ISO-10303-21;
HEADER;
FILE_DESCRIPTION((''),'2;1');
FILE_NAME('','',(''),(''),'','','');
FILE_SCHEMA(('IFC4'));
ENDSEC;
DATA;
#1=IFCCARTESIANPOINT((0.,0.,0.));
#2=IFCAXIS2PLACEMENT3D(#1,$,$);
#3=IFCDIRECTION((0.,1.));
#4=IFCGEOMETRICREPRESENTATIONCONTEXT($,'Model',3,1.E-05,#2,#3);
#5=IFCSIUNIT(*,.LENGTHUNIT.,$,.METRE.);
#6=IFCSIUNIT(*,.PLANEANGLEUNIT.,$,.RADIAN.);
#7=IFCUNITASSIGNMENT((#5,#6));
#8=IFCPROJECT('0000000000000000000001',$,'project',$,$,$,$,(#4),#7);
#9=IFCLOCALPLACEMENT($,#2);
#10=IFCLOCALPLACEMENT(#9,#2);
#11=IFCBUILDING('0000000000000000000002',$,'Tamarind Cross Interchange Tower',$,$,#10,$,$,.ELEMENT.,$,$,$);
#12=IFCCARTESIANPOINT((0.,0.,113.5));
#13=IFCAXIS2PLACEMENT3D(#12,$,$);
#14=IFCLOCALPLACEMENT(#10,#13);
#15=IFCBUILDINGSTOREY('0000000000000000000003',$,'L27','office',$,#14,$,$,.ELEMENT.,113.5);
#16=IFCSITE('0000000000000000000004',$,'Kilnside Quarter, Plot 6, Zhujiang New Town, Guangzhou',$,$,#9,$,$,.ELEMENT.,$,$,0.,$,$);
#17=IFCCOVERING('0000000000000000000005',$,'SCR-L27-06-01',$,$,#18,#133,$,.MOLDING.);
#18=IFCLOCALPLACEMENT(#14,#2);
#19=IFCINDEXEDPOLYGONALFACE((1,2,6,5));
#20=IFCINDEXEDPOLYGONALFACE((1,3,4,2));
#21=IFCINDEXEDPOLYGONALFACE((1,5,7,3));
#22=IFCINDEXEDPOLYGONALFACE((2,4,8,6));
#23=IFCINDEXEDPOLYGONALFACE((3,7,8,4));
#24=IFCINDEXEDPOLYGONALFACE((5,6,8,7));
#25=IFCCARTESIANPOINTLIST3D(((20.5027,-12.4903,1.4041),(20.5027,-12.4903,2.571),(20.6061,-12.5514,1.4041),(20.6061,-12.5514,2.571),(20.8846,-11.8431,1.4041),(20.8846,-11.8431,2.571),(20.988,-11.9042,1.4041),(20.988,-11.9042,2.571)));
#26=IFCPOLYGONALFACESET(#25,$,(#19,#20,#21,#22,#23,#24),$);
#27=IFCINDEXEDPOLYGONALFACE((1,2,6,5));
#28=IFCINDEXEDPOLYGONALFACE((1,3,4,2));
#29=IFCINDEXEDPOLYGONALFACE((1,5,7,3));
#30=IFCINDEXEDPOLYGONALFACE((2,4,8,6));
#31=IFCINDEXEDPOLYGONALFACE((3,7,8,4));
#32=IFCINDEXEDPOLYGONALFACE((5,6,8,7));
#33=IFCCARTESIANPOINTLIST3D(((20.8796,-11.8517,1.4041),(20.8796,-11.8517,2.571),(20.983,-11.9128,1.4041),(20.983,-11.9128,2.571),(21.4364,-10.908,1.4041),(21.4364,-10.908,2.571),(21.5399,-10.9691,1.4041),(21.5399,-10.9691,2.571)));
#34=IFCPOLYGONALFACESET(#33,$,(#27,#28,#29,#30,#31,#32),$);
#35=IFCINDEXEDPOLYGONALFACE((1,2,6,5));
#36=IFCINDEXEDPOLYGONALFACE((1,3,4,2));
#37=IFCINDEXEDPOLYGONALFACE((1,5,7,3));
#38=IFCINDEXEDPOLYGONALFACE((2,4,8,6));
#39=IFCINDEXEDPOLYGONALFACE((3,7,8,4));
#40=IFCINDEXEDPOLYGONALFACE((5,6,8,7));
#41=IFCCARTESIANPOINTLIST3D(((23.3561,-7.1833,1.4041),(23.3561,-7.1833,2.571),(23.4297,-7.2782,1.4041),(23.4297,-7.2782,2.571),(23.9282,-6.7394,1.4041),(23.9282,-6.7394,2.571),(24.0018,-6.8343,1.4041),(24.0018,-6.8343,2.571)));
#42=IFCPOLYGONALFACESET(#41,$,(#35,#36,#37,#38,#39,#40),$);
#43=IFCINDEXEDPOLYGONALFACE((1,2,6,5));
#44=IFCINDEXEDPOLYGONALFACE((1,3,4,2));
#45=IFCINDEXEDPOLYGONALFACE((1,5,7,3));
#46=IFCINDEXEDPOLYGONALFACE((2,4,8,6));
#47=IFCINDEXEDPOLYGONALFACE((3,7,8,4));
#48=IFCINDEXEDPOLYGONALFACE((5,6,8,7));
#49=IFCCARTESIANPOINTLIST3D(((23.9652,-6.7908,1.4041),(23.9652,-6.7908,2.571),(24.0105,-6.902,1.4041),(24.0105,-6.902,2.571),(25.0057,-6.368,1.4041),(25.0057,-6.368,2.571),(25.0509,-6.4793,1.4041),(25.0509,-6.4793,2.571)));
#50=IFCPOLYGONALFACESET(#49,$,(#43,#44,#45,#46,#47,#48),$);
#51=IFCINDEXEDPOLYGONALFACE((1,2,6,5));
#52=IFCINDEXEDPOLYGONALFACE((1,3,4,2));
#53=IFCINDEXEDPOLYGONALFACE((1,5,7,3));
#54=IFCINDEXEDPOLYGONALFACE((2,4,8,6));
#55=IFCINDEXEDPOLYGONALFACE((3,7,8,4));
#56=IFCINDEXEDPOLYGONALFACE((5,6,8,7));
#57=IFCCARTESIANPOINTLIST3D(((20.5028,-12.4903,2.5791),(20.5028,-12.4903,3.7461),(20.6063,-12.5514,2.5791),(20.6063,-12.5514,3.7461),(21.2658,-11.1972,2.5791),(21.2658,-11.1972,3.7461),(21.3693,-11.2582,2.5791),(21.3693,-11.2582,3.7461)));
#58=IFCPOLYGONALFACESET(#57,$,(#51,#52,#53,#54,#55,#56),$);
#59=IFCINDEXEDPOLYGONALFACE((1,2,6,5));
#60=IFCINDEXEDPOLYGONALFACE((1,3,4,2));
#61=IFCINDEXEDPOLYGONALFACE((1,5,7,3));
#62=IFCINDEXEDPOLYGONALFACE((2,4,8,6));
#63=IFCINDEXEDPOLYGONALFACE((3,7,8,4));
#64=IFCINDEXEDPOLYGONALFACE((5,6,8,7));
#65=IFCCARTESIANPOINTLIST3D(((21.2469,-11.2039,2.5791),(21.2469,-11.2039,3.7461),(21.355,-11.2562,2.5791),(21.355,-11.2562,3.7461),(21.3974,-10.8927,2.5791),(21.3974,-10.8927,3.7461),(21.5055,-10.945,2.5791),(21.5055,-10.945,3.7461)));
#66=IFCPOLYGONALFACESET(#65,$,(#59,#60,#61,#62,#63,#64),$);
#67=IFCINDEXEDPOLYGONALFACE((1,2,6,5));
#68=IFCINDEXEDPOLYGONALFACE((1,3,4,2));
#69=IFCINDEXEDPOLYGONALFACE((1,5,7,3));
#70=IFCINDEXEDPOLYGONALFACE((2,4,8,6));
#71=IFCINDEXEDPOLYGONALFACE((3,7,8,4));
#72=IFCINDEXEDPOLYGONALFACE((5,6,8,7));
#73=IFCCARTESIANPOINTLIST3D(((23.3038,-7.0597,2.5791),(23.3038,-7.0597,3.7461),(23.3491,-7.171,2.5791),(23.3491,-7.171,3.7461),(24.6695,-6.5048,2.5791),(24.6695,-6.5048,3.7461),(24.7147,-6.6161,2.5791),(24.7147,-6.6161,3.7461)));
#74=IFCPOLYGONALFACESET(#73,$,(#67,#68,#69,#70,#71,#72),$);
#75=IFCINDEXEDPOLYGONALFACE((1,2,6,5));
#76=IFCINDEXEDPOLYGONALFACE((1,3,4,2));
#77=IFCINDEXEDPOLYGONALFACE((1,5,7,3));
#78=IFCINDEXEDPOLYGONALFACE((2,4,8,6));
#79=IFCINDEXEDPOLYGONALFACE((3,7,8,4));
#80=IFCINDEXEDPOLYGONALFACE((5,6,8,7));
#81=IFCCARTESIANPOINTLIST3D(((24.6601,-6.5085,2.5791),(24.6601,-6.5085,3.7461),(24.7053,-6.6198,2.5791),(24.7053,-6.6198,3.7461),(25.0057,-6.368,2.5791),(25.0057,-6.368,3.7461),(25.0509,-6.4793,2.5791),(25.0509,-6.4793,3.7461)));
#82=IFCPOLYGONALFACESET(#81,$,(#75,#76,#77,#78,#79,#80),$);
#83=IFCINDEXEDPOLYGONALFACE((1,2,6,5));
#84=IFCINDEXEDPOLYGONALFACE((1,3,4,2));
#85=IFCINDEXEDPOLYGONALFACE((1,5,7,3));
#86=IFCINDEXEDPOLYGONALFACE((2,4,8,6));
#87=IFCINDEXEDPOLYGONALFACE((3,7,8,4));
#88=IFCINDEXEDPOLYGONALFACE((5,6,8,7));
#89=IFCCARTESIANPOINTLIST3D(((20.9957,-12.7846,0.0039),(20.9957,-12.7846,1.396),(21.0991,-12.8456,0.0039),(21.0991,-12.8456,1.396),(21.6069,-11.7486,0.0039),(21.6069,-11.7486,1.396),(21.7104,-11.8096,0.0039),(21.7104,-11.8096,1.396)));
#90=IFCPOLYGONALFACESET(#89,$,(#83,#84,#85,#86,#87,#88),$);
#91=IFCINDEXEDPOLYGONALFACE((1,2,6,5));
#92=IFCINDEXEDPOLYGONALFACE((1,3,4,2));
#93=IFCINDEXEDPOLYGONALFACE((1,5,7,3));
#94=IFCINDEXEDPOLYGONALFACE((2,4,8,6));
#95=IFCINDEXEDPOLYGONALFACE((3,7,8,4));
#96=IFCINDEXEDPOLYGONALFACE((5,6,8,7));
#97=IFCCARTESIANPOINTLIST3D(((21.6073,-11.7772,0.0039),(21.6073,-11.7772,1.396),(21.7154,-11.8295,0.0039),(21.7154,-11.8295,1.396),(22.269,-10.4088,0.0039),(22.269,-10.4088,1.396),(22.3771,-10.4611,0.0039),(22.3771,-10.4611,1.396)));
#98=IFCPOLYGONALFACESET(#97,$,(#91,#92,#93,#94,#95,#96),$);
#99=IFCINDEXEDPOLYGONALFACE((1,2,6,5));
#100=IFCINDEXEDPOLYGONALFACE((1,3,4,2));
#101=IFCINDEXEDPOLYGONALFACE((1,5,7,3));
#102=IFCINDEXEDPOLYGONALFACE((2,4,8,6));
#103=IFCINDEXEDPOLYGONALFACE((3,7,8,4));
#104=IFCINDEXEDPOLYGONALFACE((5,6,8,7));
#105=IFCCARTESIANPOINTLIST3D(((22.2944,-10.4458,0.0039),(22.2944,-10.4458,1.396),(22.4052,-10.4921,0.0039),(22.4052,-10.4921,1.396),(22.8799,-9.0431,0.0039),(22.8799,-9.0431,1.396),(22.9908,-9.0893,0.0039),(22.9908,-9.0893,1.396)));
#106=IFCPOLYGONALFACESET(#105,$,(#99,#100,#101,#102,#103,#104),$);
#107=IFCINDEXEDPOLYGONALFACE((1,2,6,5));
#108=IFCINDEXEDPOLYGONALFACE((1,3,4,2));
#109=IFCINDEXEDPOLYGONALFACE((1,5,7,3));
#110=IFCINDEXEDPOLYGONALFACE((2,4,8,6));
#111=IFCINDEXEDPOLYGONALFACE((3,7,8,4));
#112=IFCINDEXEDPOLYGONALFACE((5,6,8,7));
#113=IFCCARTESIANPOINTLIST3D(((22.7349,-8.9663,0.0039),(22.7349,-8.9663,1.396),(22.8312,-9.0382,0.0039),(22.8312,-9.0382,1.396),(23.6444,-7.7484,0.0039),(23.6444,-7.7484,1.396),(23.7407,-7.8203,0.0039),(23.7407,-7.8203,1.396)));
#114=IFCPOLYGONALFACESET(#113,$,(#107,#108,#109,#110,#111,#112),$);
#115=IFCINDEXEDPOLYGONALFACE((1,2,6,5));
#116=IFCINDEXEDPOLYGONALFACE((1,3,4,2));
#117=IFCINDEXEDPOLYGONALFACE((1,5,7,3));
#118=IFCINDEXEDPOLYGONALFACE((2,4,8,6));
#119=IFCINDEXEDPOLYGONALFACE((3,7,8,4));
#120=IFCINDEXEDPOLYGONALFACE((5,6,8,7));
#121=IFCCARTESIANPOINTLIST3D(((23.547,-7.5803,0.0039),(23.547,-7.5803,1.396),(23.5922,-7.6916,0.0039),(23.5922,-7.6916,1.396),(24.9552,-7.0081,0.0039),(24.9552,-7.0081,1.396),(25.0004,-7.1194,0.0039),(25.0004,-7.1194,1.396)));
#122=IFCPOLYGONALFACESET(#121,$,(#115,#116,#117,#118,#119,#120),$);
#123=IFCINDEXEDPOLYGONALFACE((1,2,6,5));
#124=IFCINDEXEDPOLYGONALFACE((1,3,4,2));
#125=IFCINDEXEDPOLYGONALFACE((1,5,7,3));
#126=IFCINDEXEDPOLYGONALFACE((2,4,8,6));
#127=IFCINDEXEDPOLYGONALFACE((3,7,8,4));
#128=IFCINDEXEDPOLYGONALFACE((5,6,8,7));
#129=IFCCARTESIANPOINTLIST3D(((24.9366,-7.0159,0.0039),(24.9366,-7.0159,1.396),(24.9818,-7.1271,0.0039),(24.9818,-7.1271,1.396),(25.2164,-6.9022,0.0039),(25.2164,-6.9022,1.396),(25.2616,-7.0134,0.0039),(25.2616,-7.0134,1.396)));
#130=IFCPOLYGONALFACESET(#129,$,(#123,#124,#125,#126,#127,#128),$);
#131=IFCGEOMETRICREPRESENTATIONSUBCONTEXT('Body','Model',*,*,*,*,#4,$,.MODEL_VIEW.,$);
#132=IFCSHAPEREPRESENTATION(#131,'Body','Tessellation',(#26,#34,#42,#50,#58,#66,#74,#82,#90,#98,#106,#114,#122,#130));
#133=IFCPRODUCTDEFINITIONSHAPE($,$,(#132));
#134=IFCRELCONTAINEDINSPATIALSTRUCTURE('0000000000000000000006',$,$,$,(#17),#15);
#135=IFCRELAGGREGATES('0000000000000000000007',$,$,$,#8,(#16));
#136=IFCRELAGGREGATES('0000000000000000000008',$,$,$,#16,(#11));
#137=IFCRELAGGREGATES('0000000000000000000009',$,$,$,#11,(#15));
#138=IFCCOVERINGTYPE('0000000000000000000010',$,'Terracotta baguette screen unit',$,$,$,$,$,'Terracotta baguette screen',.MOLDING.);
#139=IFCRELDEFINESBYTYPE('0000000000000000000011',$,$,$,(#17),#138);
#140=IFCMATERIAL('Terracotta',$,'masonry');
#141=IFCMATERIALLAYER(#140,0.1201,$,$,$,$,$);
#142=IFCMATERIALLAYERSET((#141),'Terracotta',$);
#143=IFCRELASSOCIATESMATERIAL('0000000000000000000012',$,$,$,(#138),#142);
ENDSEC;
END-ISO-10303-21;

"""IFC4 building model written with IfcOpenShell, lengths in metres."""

from ifc_helpers import new_model, si_unit, direction, frame, origin, origin_2d, place, context, subcontext, project, spatial, rectangle, extrude, material, layer, layer_set, type_object, element, save


model = new_model("IFC4")

# Units and contexts
model_context = context("Model", 3, precision=1e-05, world=origin(), true_north=direction((0.0, 1.0)))
body_context = subcontext(model_context, "Body", "Model", "MODEL_VIEW")
ifc_project = project(units=[si_unit("LENGTHUNIT", "METRE"), si_unit("PLANEANGLEUNIT", "RADIAN")], contexts=[model_context])

# Site, building, storey
site_placement = place(None, origin())
site = spatial("IfcSite", under=ifc_project, at=site_placement, Name="Kilnside Quarter, Plot 6, Zhujiang New Town, Guangzhou", CompositionType="ELEMENT", RefElevation=0.0)
building_placement = place(site_placement, origin())
building = spatial("IfcBuilding", under=site, at=building_placement, Name="Tamarind Cross Interchange Tower", CompositionType="ELEMENT")
storey_placement = place(building_placement, frame((0.0, 0.0, 113.5)))
storey = spatial("IfcBuildingStorey", under=building, at=storey_placement, Name="L27", Description="office", CompositionType="ELEMENT", Elevation=113.5)

# Covering
ifc_material_1 = material(Name="Terracotta", Category="masonry")
ifc_layer_1 = layer(ifc_material_1, 0.1201)
ifc_layer_set_1 = layer_set([ifc_layer_1], Name="Terracotta")
covering_type = type_object("IfcCoveringType", Name="Terracotta baguette screen unit", ElementType="Terracotta baguette screen", PredefinedType="MOLDING", material=ifc_layer_set_1)
covering_1_placement = place(storey_placement, origin())
element("IfcCovering", 1, at=covering_1_placement, inside=storey, type_object=covering_type, Name="SCR-L27-06-01", PredefinedType="MOLDING", context=body_context, shape_type="SweptSolid", body=[
    extrude(rectangle(XDim=0.7515, YDim=0.1201, at=origin_2d()), frame((20.7454, -12.1973, 1.4041), z_axis=(0.0, 0.0, 1.0), x_axis=(0.508183, 0.861249, 0.0)), (0.0, 0.0, 1.0), 1.167),
    extrude(rectangle(XDim=1.0957, YDim=0.1201, at=origin_2d()), frame((21.2097, -11.4104, 1.4041), z_axis=(0.0, 0.0, 1.0), x_axis=(0.508183, 0.861249, 0.0)), (0.0, 0.0, 1.0), 1.167),
    extrude(rectangle(XDim=0.7241, YDim=0.1201, at=origin_2d()), frame((23.679, -7.0088, 1.4041), z_axis=(0.0, 0.0, 1.0), x_axis=(0.790021, 0.613079, 0.0)), (0.0, 0.0, 1.0), 1.167),
    extrude(rectangle(XDim=1.123, YDim=0.1201, at=origin_2d()), frame((24.5081, -6.635, 1.4041), z_axis=(0.0, 0.0, 1.0), x_axis=(0.92643, 0.376468, 0.0)), (0.0, 0.0, 1.0), 1.167),
    extrude(rectangle(XDim=1.5015, YDim=0.1201, at=origin_2d()), frame((20.936, -11.8743, 2.5791), z_axis=(0.0, 0.0, 1.0), x_axis=(0.508183, 0.861249, 0.0)), (0.0, 0.0, 1.0), 1.167),
    extrude(rectangle(XDim=0.3457, YDim=0.1201, at=origin_2d()), frame((21.3762, -11.0745, 2.5791), z_axis=(0.0, 0.0, 1.0), x_axis=(0.435326, 0.900273, 0.0)), (0.0, 0.0, 1.0), 1.167),
    extrude(rectangle(XDim=1.4741, YDim=0.1201, at=origin_2d()), frame((24.0093, -6.8379, 2.5791), z_axis=(0.0, 0.0, 1.0), x_axis=(0.92643, 0.376468, 0.0)), (0.0, 0.0, 1.0), 1.167),
    extrude(rectangle(XDim=0.373, YDim=0.1201, at=origin_2d()), frame((24.8555, -6.4939, 2.5791), z_axis=(0.0, 0.0, 1.0), x_axis=(0.92643, 0.376468, 0.0)), (0.0, 0.0, 1.0), 1.167),
    extrude(rectangle(XDim=1.2029, YDim=0.1201, at=origin_2d()), frame((21.353, -12.2971, 0.0039), z_axis=(0.0, 0.0, 1.0), x_axis=(0.508183, 0.861249, 0.0)), (0.0, 0.0, 1.0), 1.3921),
    extrude(rectangle(XDim=1.52, YDim=0.1201, at=origin_2d()), frame((21.9922, -11.1191, 0.0039), z_axis=(0.0, 0.0, 1.0), x_axis=(0.435326, 0.900273, 0.0)), (0.0, 0.0, 1.0), 1.3921),
    extrude(rectangle(XDim=1.52, YDim=0.1201, at=origin_2d()), frame((22.6426, -9.7676, 0.0039), z_axis=(0.0, 0.0, 1.0), x_axis=(0.385196, 0.922835, 0.0)), (0.0, 0.0, 1.0), 1.3921),
    extrude(rectangle(XDim=1.52, YDim=0.1201, at=origin_2d()), frame((23.2378, -8.3933, 0.0039), z_axis=(0.0, 0.0, 1.0), x_axis=(0.598348, 0.801237, 0.0)), (0.0, 0.0, 1.0), 1.3921),
    extrude(rectangle(XDim=1.52, YDim=0.1201, at=origin_2d()), frame((24.2737, -7.3499, 0.0039), z_axis=(0.0, 0.0, 1.0), x_axis=(0.92643, 0.376468, 0.0)), (0.0, 0.0, 1.0), 1.3921),
    extrude(rectangle(XDim=0.302, YDim=0.1201, at=origin_2d()), frame((25.0991, -7.0146, 0.0039), z_axis=(0.0, 0.0, 1.0), x_axis=(0.92643, 0.376468, 0.0)), (0.0, 0.0, 1.0), 1.3921),
])

save(model, "model.ifc")
